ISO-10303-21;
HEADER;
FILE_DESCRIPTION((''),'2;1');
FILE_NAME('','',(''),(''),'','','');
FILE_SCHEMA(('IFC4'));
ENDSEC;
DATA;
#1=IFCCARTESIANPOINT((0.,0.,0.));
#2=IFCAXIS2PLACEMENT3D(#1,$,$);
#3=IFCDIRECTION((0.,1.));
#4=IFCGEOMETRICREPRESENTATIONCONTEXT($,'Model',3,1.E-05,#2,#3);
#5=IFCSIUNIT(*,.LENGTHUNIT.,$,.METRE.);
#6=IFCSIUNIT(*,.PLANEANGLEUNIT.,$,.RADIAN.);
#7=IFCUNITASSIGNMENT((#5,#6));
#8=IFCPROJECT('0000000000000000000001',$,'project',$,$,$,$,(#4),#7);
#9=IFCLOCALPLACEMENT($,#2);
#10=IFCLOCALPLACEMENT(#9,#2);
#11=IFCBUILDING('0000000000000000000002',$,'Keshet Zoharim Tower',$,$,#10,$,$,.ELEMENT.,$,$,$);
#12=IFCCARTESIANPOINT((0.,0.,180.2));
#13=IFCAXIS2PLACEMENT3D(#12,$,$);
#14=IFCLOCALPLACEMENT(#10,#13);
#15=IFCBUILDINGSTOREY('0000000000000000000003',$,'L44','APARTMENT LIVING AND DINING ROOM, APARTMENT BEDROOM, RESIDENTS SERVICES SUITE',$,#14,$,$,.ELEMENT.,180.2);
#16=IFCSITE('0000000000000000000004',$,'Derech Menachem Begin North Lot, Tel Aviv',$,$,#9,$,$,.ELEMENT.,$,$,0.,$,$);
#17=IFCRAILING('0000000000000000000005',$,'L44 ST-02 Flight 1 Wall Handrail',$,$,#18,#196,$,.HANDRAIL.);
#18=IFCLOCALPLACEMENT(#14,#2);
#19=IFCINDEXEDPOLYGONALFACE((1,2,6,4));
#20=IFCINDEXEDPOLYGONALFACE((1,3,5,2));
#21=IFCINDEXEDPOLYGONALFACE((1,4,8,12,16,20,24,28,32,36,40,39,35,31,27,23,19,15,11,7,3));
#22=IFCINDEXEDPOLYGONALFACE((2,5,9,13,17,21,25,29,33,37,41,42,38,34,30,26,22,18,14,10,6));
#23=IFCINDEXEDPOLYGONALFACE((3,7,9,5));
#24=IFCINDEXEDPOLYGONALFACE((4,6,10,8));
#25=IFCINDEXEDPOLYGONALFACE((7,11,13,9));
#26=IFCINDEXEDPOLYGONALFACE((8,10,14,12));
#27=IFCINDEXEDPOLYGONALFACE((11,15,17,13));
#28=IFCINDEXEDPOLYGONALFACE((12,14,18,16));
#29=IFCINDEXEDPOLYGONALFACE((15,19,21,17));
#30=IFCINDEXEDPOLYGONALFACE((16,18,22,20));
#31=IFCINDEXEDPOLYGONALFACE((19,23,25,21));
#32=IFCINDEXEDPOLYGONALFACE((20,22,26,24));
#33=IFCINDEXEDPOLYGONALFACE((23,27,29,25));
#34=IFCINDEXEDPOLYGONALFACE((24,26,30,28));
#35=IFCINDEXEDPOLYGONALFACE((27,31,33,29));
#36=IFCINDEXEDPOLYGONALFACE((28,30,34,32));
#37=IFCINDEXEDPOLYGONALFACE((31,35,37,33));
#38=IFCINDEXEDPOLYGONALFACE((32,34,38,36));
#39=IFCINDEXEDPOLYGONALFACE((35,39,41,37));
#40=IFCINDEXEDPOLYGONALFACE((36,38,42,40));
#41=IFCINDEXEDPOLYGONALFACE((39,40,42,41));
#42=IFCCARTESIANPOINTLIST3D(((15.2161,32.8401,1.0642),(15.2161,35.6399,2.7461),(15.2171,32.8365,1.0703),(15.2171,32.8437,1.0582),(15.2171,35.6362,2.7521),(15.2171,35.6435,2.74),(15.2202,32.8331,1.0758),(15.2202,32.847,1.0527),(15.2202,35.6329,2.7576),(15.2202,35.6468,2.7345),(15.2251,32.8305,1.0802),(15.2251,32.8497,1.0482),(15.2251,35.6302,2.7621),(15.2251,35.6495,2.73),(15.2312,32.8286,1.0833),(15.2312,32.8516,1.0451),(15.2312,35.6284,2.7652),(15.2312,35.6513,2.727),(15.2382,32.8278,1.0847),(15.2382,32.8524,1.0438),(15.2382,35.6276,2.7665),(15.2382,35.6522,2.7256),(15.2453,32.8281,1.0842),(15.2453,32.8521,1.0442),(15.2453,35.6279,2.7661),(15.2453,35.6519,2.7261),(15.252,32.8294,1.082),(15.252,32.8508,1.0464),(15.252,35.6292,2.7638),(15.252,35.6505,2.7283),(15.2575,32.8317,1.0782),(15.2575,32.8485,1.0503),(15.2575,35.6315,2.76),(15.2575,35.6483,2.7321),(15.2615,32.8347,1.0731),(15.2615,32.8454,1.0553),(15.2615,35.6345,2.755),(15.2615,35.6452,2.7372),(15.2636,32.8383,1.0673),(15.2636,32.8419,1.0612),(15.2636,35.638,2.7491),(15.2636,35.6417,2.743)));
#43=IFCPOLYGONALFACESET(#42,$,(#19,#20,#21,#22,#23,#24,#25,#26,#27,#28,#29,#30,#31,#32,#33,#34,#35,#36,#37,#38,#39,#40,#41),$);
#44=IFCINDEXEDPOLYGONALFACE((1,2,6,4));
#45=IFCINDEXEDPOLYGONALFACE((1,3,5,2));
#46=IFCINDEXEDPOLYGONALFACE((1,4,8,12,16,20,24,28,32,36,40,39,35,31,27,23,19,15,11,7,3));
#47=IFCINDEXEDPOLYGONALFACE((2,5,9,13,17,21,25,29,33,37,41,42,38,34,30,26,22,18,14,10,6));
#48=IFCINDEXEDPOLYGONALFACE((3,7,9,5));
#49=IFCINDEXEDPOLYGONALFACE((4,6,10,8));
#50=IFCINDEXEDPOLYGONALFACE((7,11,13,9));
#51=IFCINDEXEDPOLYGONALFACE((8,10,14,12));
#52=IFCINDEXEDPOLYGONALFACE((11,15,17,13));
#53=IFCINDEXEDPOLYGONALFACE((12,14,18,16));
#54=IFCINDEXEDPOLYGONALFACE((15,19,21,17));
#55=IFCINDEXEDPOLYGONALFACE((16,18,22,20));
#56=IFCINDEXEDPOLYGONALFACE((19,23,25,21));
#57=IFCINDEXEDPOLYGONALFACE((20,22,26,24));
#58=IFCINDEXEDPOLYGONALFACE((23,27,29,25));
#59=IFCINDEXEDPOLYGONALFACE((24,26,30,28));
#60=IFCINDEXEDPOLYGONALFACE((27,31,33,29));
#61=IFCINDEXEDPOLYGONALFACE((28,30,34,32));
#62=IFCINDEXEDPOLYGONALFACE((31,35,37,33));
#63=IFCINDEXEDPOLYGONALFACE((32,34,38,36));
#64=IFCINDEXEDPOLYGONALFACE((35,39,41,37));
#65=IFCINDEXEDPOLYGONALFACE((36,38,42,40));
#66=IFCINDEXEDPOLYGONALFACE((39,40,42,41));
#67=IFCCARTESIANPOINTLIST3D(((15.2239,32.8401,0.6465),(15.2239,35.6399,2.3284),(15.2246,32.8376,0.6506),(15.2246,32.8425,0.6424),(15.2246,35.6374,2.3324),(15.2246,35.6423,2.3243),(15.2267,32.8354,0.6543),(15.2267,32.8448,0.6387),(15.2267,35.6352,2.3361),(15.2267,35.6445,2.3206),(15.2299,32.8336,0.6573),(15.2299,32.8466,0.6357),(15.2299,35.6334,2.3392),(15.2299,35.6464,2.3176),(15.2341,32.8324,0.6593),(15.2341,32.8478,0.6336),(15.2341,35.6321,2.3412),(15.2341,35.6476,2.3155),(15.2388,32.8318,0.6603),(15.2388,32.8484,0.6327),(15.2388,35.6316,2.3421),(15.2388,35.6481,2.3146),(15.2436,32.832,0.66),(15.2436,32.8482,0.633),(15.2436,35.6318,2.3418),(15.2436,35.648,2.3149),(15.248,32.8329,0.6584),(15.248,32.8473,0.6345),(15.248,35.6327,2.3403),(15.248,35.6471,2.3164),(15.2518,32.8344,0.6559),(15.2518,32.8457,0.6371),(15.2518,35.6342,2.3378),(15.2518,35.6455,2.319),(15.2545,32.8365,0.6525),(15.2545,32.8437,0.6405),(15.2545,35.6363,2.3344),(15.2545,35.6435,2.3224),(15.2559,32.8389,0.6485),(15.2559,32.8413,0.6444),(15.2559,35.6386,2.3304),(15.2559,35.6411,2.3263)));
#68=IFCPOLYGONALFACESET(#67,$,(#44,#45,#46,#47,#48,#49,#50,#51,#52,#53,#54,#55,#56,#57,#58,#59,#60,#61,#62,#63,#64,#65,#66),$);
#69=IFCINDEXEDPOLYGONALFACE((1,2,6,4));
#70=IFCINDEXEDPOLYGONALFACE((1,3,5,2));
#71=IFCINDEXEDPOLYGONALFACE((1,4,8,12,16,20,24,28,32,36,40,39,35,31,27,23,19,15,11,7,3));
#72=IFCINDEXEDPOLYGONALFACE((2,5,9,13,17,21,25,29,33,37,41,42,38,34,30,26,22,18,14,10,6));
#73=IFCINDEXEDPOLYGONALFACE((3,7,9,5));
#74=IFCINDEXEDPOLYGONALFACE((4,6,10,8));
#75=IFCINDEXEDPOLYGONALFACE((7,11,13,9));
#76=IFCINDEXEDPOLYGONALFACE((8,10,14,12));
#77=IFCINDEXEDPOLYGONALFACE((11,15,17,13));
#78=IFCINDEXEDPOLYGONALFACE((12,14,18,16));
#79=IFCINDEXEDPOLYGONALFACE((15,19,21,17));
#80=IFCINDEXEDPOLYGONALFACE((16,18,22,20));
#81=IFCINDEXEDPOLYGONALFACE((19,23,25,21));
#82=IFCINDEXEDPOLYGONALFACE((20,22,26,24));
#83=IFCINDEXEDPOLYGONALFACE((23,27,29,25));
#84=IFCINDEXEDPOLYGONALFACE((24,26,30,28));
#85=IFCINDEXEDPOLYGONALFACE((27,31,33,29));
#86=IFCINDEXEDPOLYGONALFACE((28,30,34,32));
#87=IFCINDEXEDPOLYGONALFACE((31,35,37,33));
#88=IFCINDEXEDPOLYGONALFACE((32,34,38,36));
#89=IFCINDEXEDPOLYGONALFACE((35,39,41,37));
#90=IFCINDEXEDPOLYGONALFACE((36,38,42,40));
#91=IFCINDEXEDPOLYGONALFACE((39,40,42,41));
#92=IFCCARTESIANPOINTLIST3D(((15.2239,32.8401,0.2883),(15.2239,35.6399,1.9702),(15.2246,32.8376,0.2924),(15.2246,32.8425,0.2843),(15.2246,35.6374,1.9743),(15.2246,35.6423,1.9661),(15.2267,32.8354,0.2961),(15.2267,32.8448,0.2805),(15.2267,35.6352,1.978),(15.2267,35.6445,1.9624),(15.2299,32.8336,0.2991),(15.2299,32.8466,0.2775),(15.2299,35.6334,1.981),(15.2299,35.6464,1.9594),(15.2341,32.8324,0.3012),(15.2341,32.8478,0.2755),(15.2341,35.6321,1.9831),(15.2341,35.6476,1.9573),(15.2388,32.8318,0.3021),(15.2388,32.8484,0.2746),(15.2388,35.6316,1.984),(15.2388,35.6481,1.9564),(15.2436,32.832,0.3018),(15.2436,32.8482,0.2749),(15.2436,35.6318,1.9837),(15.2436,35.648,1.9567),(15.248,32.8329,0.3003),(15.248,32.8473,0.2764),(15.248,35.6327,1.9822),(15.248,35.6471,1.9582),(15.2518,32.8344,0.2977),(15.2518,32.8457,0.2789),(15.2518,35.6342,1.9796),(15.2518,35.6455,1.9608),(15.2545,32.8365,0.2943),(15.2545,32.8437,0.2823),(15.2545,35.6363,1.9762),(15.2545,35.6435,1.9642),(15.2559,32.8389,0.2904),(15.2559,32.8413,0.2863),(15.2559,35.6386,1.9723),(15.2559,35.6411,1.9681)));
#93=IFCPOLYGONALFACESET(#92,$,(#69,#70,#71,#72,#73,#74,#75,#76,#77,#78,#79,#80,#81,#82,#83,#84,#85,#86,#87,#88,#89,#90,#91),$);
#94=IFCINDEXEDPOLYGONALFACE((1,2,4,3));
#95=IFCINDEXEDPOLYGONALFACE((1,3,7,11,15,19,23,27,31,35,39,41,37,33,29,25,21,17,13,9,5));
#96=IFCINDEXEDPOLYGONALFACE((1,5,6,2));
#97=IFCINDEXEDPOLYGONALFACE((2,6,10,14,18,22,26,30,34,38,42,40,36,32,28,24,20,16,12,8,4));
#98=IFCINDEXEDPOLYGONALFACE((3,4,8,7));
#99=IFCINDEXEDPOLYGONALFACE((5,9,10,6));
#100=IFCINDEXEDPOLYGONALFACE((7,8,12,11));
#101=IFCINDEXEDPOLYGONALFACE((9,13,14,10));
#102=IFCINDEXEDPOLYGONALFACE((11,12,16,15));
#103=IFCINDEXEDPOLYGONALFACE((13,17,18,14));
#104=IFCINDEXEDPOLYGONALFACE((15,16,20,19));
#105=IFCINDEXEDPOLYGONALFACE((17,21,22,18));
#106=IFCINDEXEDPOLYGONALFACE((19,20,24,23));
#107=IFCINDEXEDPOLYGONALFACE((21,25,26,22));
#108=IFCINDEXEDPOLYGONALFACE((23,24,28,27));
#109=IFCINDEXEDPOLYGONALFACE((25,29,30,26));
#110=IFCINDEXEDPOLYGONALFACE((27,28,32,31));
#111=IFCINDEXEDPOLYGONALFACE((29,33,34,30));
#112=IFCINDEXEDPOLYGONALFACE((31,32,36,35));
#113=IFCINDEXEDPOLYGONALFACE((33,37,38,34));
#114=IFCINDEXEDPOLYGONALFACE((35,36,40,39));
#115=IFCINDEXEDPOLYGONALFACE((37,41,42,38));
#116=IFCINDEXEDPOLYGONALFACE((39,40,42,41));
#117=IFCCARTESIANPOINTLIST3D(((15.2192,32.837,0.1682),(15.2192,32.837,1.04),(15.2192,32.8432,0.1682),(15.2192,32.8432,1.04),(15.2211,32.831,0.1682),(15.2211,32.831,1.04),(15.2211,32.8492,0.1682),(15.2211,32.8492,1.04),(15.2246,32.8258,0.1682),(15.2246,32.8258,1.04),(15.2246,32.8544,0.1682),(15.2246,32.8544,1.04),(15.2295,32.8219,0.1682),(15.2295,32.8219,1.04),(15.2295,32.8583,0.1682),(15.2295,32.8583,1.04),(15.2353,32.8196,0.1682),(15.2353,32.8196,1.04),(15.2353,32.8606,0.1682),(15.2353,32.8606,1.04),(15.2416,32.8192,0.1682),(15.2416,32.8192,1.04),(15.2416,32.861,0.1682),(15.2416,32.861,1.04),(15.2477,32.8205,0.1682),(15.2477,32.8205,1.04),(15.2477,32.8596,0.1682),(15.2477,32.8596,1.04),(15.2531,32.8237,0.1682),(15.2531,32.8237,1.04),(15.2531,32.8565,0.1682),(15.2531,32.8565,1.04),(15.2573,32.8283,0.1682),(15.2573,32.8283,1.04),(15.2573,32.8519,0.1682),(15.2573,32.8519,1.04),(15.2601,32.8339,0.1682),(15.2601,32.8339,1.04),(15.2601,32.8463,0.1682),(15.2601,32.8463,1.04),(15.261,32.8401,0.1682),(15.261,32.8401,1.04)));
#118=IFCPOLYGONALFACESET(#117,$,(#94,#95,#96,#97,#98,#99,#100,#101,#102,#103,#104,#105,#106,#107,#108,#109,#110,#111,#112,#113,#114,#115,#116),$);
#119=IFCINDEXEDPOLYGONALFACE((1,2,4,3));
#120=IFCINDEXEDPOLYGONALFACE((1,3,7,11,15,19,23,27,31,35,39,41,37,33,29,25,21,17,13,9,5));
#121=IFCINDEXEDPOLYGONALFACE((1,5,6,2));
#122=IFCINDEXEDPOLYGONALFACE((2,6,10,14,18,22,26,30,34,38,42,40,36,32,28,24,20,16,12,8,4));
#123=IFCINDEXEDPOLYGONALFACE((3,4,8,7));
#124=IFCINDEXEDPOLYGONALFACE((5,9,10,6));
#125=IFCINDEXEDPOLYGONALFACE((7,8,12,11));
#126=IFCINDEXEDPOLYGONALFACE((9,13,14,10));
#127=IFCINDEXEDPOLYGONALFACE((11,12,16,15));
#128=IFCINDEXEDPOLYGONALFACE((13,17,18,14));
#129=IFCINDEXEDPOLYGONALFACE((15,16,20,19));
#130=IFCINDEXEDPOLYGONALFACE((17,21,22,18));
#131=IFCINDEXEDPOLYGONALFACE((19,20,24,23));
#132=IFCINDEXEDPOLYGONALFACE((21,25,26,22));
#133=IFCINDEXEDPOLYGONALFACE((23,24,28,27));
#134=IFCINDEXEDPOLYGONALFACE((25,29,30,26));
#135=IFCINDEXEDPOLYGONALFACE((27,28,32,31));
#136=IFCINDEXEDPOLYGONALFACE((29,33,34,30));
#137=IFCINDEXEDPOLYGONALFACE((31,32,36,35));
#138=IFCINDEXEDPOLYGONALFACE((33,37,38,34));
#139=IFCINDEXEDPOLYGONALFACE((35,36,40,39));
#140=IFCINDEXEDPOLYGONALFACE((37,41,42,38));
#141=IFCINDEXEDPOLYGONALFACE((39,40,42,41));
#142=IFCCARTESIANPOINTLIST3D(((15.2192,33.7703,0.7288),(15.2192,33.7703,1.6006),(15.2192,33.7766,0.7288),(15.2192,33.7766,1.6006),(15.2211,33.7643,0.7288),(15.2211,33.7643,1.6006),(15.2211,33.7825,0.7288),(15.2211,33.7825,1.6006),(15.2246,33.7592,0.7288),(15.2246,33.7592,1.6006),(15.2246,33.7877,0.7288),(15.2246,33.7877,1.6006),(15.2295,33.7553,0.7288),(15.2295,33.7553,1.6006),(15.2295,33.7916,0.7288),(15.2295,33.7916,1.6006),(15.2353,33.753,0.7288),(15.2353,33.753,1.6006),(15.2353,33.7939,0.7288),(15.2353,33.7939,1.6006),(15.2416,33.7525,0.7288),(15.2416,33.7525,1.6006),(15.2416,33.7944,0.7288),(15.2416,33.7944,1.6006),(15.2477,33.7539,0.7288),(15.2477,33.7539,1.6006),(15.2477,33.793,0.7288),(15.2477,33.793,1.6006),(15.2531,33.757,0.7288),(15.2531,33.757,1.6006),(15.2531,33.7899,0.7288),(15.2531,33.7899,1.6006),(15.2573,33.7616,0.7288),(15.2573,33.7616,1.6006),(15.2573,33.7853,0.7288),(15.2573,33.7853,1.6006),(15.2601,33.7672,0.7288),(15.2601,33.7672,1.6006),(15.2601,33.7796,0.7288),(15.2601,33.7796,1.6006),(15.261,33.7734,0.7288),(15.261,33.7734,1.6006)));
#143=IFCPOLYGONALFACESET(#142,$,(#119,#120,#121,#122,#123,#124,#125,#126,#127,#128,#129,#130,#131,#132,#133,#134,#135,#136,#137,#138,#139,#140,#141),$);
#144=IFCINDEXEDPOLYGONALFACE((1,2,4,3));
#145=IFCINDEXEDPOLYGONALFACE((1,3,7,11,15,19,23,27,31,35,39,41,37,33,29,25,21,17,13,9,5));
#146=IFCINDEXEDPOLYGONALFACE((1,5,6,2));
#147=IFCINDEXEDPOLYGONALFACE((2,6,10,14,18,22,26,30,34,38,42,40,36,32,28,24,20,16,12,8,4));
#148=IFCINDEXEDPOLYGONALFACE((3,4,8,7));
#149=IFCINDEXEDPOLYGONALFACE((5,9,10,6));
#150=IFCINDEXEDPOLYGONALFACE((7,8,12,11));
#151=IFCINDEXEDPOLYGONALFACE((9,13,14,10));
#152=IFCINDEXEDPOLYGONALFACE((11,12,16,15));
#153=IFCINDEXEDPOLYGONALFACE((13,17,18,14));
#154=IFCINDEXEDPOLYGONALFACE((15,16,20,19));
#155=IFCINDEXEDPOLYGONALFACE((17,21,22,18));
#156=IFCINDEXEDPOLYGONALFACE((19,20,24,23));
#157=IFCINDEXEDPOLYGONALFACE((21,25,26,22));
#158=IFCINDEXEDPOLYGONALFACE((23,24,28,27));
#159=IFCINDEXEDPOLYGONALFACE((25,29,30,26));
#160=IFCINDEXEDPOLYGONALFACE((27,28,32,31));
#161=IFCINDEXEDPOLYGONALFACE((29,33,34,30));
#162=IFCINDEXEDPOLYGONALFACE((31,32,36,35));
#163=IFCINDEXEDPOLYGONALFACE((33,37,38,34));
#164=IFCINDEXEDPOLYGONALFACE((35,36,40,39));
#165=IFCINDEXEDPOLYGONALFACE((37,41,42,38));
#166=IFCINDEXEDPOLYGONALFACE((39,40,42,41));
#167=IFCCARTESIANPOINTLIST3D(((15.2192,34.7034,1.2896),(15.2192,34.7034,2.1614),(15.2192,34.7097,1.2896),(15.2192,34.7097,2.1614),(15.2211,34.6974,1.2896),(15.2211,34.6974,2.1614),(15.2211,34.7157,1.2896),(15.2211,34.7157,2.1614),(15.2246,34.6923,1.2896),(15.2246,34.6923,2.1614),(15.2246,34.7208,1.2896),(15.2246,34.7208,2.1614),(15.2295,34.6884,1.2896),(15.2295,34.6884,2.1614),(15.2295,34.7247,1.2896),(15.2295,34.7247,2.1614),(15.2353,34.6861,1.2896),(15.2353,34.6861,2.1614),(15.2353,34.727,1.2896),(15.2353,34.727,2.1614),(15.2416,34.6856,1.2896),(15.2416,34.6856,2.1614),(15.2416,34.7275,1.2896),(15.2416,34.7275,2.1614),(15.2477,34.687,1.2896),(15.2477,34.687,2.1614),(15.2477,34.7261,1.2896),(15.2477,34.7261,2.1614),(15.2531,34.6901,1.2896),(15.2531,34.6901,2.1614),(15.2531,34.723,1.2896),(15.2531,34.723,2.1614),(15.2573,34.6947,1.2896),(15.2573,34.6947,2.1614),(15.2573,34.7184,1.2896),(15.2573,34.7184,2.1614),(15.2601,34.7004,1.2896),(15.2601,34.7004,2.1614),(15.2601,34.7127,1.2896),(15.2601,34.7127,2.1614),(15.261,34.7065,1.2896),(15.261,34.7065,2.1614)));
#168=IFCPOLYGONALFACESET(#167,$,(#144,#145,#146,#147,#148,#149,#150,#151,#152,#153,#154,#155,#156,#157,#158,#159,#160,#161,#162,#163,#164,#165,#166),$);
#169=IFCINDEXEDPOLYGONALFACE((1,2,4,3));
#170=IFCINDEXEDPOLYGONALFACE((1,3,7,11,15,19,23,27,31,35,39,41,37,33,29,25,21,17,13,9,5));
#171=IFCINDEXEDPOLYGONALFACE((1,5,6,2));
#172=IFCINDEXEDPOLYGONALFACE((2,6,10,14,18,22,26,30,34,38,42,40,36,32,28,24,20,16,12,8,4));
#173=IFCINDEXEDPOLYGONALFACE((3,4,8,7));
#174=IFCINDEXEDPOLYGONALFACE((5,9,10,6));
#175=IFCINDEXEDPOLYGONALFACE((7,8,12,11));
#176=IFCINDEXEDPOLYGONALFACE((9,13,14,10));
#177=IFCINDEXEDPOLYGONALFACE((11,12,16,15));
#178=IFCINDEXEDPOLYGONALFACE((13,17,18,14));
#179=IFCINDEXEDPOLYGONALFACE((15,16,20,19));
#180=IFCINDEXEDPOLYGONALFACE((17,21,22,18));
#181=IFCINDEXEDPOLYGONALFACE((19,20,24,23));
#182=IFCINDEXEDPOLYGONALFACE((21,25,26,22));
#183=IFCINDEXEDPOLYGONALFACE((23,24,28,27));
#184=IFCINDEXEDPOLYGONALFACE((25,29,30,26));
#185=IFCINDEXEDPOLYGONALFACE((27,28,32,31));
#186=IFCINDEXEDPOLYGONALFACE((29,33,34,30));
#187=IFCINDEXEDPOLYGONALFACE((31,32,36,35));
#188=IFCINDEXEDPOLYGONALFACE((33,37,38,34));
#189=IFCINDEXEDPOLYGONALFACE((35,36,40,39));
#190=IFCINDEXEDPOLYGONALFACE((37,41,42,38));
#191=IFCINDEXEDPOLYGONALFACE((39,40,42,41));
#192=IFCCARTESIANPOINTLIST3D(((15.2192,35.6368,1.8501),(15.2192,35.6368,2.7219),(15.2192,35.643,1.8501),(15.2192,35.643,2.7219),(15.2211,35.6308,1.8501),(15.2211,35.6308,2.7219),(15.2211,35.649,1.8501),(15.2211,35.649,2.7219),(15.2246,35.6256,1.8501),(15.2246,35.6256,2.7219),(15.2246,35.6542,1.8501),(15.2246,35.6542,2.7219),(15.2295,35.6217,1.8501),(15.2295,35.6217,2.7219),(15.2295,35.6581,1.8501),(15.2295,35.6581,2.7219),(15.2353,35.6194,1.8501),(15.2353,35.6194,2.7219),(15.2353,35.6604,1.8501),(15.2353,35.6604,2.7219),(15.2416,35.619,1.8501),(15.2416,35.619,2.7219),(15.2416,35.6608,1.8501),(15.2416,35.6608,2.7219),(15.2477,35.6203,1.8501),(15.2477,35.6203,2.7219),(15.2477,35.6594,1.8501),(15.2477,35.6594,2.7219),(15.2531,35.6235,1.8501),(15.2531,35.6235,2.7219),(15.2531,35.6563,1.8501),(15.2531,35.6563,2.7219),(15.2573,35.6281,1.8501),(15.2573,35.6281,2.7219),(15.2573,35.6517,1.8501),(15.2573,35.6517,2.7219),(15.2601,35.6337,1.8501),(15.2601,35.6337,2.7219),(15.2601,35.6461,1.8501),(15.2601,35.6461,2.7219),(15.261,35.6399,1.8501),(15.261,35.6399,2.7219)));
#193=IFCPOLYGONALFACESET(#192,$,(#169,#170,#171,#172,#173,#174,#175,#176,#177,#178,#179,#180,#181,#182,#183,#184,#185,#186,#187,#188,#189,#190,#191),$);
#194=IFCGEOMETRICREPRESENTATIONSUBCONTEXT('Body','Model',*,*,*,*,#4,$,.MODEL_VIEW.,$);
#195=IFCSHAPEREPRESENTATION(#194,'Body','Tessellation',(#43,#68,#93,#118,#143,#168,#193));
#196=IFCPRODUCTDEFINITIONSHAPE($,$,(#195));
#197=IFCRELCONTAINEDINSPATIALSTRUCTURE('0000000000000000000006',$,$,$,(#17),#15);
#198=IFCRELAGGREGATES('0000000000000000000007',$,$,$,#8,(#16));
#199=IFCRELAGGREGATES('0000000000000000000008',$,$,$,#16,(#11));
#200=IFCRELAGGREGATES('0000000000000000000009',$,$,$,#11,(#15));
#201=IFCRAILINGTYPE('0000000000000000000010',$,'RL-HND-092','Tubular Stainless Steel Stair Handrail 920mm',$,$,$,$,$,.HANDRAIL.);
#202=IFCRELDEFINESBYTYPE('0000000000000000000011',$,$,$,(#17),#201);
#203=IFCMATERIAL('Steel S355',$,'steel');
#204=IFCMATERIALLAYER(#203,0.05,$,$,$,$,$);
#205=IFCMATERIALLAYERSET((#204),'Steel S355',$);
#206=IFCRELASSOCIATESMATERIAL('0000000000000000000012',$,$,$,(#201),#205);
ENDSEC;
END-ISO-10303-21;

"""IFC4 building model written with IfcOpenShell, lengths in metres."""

from ifc_helpers import new_model, si_unit, direction, frame, origin, origin_2d, place, context, subcontext, project, spatial, circle, extrude, material, layer, layer_set, type_object, element, save


model = new_model("IFC4")

# Units and contexts
model_context = context("Model", 3, precision=1e-05, world=origin(), true_north=direction((0.0, 1.0)))
body_context = subcontext(model_context, "Body", "Model", "MODEL_VIEW")
ifc_project = project(units=[si_unit("LENGTHUNIT", "METRE"), si_unit("PLANEANGLEUNIT", "RADIAN")], contexts=[model_context])

# Site, building, storey
site_placement = place(None, origin())
site = spatial("IfcSite", under=ifc_project, at=site_placement, Name="Derech Menachem Begin North Lot, Tel Aviv", CompositionType="ELEMENT", RefElevation=0.0)
building_placement = place(site_placement, origin())
building = spatial("IfcBuilding", under=site, at=building_placement, Name="Keshet Zoharim Tower", CompositionType="ELEMENT")
storey_placement = place(building_placement, frame((0.0, 0.0, 180.2)))
storey = spatial("IfcBuildingStorey", under=building, at=storey_placement, Name="L44", Description="APARTMENT LIVING AND DINING ROOM, APARTMENT BEDROOM, RESIDENTS SERVICES SUITE", CompositionType="ELEMENT", Elevation=180.2)

# Shared definitions
ifc_material_1 = material(Name="Steel S355", Category="steel")

# Railing
ifc_layer_1 = layer(ifc_material_1, 0.05)
ifc_layer_set_1 = layer_set([ifc_layer_1], Name="Steel S355")
railing_type_1 = type_object("IfcRailingType", Name="RL-HND-092", Description="Tubular Stainless Steel Stair Handrail 920mm", PredefinedType="HANDRAIL", material=ifc_layer_set_1)
railing_1_placement = place(storey_placement, frame((15.24, 32.8401, 0.1682)))
element("IfcRailing", 1, at=railing_1_placement, inside=storey, type_object=railing_type_1, Name="L44 ST-02 Flight 1 Wall Handrail", PredefinedType="HANDRAIL", context=body_context, shape_type="SweptSolid", body=[
    extrude(circle(Radius=0.0239, at=origin_2d()), frame((0.0, 0.0, 0.896), z_axis=(0.0, 0.857222, 0.514946), x_axis=(-1.0, 0.0, 0.0)), (0.0, 0.0, 1.0), 3.2661),
    extrude(circle(Radius=0.0161, at=origin_2d()), frame((0.0, 0.0, 0.4783), z_axis=(0.0, 0.857222, 0.514946), x_axis=(-1.0, 0.0, 0.0)), (0.0, 0.0, 1.0), 3.2661),
    extrude(circle(Radius=0.0161, at=origin_2d()), frame((0.0, 0.0, 0.1201), z_axis=(0.0, 0.857222, 0.514946), x_axis=(-1.0, 0.0, 0.0)), (0.0, 0.0, 1.0), 3.2661),
    extrude(circle(Radius=0.021, at=origin_2d()), origin(), (0.0, 0.0, 1.0), 0.8718),
    extrude(circle(Radius=0.021, at=origin_2d()), frame((0.0, 0.9333, 0.5605)), (0.0, 0.0, 1.0), 0.8718),
    extrude(circle(Radius=0.021, at=origin_2d()), frame((0.0, 1.8665, 1.1213)), (0.0, 0.0, 1.0), 0.8718),
    extrude(circle(Radius=0.021, at=origin_2d()), frame((0.0, 2.7998, 1.6819)), (0.0, 0.0, 1.0), 0.8718),
])

save(model, "model.ifc")
